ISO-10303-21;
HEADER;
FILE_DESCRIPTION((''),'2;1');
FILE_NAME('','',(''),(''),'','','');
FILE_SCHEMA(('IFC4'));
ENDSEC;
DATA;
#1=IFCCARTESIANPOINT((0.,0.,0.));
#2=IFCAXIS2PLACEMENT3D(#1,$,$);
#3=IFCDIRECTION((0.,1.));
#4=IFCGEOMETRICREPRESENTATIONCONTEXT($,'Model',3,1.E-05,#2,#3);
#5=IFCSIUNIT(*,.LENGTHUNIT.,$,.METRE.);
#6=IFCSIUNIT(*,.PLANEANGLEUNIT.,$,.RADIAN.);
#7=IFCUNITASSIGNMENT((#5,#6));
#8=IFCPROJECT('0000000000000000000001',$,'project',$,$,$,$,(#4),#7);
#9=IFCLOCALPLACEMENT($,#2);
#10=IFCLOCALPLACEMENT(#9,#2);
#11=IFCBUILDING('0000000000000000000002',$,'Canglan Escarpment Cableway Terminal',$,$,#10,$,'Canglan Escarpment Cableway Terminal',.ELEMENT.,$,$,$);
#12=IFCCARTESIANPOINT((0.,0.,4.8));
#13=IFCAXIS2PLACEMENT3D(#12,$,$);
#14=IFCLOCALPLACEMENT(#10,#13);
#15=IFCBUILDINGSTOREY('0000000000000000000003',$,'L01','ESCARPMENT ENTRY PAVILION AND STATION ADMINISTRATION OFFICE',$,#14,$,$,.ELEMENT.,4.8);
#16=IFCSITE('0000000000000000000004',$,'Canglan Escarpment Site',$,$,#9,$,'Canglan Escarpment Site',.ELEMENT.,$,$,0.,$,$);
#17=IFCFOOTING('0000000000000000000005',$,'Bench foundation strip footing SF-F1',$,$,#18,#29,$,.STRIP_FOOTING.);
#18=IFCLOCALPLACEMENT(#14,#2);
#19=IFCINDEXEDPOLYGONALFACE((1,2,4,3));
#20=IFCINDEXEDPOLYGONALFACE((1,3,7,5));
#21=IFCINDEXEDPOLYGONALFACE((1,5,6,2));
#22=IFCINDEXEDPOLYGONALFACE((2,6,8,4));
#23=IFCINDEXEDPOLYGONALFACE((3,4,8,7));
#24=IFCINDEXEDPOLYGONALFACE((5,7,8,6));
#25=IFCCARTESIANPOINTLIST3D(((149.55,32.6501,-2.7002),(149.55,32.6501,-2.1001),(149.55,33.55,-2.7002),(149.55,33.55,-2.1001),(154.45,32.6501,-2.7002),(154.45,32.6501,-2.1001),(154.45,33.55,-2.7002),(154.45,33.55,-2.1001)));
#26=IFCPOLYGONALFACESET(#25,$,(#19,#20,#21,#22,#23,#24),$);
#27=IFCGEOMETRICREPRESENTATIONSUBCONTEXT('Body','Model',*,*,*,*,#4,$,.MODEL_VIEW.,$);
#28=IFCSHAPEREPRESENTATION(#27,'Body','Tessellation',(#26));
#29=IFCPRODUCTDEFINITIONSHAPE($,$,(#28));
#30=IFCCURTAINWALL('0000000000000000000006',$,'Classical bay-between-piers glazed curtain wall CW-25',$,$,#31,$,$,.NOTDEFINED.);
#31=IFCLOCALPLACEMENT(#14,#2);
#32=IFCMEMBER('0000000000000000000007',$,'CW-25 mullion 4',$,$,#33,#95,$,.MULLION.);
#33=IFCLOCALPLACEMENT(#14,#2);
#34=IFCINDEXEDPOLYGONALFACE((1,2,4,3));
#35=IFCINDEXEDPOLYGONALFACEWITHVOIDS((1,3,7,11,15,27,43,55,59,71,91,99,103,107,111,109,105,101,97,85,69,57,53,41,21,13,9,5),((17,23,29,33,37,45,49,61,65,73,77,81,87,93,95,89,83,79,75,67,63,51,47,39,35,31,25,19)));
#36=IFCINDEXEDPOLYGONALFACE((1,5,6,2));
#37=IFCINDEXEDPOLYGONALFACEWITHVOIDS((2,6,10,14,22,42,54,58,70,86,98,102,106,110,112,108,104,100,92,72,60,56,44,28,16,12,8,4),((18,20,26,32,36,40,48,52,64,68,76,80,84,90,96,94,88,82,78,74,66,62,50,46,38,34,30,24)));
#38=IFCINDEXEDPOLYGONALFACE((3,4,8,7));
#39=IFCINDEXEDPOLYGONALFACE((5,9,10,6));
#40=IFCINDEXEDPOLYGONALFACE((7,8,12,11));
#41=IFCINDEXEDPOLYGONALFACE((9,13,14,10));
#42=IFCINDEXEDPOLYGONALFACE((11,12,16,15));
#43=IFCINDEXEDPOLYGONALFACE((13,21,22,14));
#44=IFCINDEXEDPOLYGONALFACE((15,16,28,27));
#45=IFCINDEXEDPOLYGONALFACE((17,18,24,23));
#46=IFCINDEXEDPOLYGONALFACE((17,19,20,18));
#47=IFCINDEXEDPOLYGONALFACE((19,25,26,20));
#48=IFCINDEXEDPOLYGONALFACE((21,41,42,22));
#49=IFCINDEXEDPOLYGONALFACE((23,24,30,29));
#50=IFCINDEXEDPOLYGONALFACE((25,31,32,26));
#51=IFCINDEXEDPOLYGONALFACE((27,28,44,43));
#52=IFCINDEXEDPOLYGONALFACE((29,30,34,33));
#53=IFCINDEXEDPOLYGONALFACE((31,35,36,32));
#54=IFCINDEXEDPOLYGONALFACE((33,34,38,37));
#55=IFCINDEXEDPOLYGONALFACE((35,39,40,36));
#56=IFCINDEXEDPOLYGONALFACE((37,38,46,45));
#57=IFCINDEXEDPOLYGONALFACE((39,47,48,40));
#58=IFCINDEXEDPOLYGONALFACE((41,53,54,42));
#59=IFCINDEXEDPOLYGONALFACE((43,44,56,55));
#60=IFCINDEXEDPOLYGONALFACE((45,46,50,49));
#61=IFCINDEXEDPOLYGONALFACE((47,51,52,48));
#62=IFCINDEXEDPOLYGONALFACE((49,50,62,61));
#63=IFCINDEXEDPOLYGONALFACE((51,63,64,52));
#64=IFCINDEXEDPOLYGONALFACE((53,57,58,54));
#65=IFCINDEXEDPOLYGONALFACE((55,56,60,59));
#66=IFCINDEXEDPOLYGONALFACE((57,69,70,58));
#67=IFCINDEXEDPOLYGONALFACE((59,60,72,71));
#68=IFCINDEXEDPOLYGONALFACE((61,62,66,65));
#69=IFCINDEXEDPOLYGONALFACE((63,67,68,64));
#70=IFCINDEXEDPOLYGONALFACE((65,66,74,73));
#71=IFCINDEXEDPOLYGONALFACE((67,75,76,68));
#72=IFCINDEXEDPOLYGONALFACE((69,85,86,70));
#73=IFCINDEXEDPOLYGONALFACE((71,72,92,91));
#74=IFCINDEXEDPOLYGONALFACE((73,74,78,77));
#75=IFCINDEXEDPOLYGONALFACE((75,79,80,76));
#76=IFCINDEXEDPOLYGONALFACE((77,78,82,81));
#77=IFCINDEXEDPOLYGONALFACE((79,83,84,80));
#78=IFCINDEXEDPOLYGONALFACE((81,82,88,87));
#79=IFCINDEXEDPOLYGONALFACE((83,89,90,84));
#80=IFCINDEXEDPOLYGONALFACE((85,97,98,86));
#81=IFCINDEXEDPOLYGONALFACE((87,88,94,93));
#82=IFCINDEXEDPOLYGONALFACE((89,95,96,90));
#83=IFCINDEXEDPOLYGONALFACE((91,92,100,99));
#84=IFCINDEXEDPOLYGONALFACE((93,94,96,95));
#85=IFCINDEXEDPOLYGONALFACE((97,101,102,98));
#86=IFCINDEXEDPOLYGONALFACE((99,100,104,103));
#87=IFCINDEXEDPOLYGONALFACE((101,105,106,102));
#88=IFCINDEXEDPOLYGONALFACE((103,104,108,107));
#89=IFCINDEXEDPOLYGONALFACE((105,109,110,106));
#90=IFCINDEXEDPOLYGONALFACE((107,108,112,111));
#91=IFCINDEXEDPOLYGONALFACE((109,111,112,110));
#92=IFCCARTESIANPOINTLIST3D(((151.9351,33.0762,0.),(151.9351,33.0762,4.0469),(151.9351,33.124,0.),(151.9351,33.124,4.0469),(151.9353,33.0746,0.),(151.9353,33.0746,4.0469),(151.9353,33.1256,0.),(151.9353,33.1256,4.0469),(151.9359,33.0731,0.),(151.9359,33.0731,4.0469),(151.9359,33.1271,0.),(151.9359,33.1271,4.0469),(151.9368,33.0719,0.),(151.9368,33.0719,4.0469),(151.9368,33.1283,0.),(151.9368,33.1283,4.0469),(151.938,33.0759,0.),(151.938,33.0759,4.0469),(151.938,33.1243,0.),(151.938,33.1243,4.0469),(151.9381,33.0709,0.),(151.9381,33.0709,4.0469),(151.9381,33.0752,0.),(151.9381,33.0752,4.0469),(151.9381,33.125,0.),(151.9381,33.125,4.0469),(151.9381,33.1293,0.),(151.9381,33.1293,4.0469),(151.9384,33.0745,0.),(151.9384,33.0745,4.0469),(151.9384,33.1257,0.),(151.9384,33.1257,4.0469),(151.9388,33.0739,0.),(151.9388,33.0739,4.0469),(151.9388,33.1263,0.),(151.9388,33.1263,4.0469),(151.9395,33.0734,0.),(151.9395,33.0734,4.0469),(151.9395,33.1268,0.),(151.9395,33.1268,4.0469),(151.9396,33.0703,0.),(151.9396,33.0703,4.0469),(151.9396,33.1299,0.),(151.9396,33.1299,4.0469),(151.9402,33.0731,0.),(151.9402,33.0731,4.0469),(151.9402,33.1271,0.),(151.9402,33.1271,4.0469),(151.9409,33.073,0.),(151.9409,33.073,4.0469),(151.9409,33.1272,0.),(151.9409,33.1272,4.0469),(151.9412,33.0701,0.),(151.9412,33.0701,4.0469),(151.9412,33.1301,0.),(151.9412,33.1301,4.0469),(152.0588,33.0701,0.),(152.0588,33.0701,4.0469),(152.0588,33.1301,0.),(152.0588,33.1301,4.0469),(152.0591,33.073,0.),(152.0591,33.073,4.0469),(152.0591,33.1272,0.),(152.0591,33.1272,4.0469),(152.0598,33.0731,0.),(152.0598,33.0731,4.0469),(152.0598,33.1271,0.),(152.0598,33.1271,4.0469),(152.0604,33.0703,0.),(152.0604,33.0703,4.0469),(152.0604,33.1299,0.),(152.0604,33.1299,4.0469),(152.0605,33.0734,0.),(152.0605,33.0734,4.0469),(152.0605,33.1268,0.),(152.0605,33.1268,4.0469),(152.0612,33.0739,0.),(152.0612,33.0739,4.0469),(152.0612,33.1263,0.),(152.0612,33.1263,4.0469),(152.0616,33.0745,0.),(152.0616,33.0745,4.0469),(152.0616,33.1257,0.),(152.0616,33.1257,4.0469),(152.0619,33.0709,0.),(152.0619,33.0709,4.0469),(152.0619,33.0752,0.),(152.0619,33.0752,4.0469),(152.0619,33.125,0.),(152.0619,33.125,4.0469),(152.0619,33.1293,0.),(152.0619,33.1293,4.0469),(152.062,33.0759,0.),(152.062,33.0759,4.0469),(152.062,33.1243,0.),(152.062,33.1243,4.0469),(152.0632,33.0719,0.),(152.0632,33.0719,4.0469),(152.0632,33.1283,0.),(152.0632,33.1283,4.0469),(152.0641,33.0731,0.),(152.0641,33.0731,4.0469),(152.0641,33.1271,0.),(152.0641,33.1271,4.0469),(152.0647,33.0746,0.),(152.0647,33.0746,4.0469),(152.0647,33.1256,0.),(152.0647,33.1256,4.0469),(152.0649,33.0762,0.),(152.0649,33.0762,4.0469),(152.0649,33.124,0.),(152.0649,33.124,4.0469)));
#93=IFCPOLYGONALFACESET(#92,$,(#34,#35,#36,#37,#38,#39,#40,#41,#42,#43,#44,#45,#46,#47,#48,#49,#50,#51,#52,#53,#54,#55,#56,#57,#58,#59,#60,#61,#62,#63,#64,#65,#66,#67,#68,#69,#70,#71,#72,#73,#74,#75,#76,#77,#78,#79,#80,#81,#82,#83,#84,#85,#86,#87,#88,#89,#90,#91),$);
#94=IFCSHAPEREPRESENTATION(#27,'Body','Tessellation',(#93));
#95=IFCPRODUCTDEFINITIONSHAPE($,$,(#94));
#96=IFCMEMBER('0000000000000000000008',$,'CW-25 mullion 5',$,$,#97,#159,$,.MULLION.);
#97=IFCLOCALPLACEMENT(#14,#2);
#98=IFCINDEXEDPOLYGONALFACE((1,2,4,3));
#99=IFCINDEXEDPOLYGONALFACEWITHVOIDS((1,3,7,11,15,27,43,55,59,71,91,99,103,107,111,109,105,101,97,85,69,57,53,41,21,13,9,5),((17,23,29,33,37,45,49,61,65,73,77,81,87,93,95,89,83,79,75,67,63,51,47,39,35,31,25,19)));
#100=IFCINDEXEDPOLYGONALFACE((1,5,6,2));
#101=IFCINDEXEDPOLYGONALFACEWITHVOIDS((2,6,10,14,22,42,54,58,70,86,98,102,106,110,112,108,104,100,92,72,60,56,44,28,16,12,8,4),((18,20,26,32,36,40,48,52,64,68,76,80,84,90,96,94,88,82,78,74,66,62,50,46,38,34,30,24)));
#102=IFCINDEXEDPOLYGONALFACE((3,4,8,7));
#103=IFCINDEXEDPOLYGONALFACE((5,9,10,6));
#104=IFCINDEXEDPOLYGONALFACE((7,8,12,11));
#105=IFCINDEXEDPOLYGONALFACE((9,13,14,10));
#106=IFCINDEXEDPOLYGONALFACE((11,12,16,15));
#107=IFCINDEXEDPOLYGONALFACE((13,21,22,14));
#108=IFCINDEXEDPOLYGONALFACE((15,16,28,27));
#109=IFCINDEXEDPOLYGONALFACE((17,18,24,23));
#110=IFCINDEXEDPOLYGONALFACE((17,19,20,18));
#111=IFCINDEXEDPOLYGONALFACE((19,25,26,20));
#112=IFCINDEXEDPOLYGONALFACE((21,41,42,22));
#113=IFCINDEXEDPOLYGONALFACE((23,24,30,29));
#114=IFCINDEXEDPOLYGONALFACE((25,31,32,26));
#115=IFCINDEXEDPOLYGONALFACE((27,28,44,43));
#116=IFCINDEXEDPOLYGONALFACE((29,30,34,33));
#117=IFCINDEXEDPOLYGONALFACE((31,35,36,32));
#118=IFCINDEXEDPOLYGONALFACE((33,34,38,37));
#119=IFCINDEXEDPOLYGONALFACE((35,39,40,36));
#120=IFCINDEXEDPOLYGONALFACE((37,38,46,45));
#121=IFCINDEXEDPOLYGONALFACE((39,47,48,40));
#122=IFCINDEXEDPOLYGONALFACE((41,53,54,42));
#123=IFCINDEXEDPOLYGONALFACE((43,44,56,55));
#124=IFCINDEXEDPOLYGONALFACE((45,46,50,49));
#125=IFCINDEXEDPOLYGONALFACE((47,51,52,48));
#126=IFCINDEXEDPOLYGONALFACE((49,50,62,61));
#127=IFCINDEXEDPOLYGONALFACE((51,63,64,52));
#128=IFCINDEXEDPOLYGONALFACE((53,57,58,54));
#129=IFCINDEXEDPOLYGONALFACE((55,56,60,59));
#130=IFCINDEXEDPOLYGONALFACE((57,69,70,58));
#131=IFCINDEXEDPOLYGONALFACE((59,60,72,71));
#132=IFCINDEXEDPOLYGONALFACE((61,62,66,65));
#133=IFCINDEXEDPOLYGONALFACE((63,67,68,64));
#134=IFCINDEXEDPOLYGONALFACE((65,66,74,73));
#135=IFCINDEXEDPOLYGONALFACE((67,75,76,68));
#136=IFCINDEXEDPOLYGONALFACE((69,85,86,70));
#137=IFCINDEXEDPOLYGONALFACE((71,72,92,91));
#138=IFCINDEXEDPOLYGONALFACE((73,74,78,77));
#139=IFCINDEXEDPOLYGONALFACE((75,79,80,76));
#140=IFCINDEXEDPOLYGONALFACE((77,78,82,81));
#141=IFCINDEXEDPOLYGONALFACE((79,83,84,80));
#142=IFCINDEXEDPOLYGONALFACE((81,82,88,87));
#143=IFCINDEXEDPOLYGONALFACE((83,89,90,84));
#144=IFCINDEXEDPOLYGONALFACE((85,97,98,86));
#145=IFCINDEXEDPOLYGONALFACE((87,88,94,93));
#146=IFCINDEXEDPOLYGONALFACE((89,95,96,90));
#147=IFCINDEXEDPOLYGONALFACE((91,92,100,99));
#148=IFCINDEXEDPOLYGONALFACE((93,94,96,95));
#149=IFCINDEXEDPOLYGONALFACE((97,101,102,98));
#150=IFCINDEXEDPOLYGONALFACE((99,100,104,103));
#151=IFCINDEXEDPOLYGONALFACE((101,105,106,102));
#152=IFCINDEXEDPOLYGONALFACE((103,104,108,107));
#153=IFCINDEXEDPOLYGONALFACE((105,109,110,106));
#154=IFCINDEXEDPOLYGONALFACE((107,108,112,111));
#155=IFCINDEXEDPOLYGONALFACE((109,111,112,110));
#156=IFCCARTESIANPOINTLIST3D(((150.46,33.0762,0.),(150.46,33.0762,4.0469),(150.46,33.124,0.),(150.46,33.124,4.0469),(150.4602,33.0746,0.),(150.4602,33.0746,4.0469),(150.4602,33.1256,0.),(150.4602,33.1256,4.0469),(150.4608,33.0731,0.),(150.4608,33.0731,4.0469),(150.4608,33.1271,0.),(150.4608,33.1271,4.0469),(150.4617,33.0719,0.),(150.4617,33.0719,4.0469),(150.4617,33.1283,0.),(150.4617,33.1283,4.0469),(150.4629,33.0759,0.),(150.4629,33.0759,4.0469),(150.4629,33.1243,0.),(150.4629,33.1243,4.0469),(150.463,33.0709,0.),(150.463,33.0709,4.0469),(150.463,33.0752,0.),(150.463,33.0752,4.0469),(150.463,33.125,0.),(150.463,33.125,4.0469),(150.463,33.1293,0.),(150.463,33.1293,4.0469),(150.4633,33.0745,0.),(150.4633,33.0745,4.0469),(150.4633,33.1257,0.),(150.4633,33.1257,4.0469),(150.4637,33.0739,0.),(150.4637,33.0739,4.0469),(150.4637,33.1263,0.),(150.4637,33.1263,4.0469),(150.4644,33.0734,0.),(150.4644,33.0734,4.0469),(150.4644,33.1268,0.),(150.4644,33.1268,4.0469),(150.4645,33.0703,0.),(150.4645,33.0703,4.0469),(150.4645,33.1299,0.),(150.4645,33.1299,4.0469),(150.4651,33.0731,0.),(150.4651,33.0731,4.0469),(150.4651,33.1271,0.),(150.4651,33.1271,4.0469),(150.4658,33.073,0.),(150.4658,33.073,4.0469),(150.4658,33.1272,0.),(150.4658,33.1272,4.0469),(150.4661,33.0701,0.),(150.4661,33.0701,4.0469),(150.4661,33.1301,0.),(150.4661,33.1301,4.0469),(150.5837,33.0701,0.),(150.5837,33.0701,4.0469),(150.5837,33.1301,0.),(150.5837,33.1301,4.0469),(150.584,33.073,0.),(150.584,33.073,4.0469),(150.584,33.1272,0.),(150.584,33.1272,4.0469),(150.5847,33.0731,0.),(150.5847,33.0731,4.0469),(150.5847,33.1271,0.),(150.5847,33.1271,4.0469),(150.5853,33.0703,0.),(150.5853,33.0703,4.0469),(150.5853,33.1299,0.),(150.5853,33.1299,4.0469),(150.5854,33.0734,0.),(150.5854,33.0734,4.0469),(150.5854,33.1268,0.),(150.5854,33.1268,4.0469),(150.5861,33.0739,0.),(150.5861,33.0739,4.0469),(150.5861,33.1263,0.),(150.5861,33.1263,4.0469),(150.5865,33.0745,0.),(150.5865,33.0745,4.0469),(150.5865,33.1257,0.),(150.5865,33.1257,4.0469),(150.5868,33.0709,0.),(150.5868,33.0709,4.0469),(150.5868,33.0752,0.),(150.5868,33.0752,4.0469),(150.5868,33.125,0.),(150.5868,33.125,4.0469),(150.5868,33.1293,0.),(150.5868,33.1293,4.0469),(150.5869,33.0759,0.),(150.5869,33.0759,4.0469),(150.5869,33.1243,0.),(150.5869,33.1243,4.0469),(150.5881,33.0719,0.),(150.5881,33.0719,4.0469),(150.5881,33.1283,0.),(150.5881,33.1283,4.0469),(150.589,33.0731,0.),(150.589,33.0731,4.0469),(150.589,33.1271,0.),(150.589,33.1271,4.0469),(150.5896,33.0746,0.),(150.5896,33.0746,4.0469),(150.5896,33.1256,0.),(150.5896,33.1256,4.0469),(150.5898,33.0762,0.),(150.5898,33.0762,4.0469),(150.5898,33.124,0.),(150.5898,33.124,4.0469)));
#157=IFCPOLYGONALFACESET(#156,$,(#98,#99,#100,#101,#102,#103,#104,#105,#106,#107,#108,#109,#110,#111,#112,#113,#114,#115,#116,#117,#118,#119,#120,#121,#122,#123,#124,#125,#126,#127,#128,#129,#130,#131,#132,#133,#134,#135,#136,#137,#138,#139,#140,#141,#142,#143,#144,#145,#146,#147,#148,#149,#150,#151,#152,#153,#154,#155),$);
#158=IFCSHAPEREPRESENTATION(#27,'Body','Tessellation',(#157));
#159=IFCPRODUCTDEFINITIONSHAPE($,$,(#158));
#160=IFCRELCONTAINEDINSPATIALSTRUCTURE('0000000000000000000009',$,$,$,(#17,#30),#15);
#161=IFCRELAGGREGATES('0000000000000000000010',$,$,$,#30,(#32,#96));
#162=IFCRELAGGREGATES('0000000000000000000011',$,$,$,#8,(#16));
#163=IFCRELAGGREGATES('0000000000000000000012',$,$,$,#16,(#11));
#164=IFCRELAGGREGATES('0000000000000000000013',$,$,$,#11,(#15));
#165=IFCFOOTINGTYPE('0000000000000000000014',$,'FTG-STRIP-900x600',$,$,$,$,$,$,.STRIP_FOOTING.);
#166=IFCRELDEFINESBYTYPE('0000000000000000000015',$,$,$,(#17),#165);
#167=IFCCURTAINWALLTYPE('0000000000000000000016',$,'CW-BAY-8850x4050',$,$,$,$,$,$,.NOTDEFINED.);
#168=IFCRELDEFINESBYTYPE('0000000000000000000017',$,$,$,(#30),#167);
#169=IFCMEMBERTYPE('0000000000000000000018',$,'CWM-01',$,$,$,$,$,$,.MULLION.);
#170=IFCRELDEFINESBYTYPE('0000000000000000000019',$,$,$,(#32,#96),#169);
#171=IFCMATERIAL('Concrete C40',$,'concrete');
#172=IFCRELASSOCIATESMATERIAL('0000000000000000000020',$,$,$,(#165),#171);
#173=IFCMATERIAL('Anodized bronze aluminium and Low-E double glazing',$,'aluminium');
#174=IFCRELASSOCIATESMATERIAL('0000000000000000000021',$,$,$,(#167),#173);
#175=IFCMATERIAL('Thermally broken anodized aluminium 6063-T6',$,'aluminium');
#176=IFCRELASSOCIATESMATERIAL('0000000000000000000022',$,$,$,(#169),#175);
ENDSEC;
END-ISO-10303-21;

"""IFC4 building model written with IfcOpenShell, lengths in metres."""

from ifc_helpers import new_model, si_unit, direction, frame, origin, origin_2d, place, context, subcontext, project, spatial, rectangle, hollow_rectangle, extrude, material, material_profile, profile_set, type_object, element, aggregate, save


model = new_model("IFC4")

# Units and contexts
model_context = context("Model", 3, precision=1e-05, world=origin(), true_north=direction((0.0, 1.0)))
body_context = subcontext(model_context, "Body", "Model", "MODEL_VIEW")
ifc_project = project(units=[si_unit("LENGTHUNIT", "METRE"), si_unit("PLANEANGLEUNIT", "RADIAN")], contexts=[model_context])

# Site, building, storey
site_placement = place(None, origin())
site = spatial("IfcSite", under=ifc_project, at=site_placement, Name="Canglan Escarpment Site", LongName="Canglan Escarpment Site", CompositionType="ELEMENT", RefElevation=0.0)
building_placement = place(site_placement, origin())
building = spatial("IfcBuilding", under=site, at=building_placement, Name="Canglan Escarpment Cableway Terminal", LongName="Canglan Escarpment Cableway Terminal", CompositionType="ELEMENT")
storey_placement = place(building_placement, frame((0.0, 0.0, 4.8)))
storey = spatial("IfcBuildingStorey", under=building, at=storey_placement, Name="L01", Description="ESCARPMENT ENTRY PAVILION AND STATION ADMINISTRATION OFFICE", CompositionType="ELEMENT", Elevation=4.8)

# Footing
ifc_material_1 = material(Name="Concrete C40", Category="concrete")
ifc_material_profile_1 = material_profile(ifc_material_1, rectangle(XDim=0.8999, YDim=0.6001, at=origin_2d()), Name="SF 900x600")
ifc_profile_set_1 = profile_set([ifc_material_profile_1], Name="Concrete C40")
footing_type = type_object("IfcFootingType", Name="FTG-STRIP-900x600", PredefinedType="STRIP_FOOTING", material=ifc_profile_set_1)
footing_placement = place(storey_placement, frame((149.55, 33.1001, -2.4001), z_axis=(1.0, 0.0, 0.0), x_axis=(0.0, 1.0, 0.0)))
element("IfcFooting", 1, at=footing_placement, inside=storey, type_object=footing_type, Name="Bench foundation strip footing SF-F1", PredefinedType="STRIP_FOOTING", context=body_context, shape_type="SweptSolid", body=[
    extrude(rectangle(XDim=0.8999, YDim=0.6001, at=origin_2d()), origin(), (0.0, 0.0, 1.0), 4.8999),
])

# Curtain wall, members
ifc_material_2 = material(Name="Anodized bronze aluminium and Low-E double glazing", Category="aluminium")
curtain_wall_type = type_object("IfcCurtainWallType", Name="CW-BAY-8850x4050", PredefinedType="NOTDEFINED", material=ifc_material_2)
curtain_wall_placement = place(storey_placement, origin())
curtain_wall = element("IfcCurtainWall", 2, at=curtain_wall_placement, inside=storey, type_object=curtain_wall_type, Name="Classical bay-between-piers glazed curtain wall CW-25", PredefinedType="NOTDEFINED")
ifc_material_3 = material(Name="Thermally broken anodized aluminium 6063-T6", Category="aluminium")
ifc_material_profile_2 = material_profile(ifc_material_3, hollow_rectangle(XDim=0.0601, YDim=0.1299, WallThickness=0.0029, InnerFilletRadius=0.0029, OuterFilletRadius=0.0061, at=origin_2d()), Name="ALU-MULL 60x130x3")
ifc_profile_set_2 = profile_set([ifc_material_profile_2], Name="Thermally broken anodized aluminium 6063-T6")
member_type_1 = type_object("IfcMemberType", Name="CWM-01", PredefinedType="MULLION", material=ifc_profile_set_2)
member_1_placement = place(storey_placement, frame((152.0, 33.1001, 0.0), z_axis=(0.0, 0.0, 1.0), x_axis=(0.0, -1.0, 0.0)))
member_1 = element("IfcMember", 3, at=member_1_placement, type_object=member_type_1, Name="CW-25 mullion 4", PredefinedType="MULLION", context=body_context, shape_type="SweptSolid", body=[
    extrude(hollow_rectangle(XDim=0.0601, YDim=0.1299, WallThickness=0.0029, InnerFilletRadius=0.0029, OuterFilletRadius=0.0061, at=origin_2d()), origin(), (0.0, 0.0, 1.0), 4.0469),
])
member_2_placement = place(storey_placement, frame((150.5249, 33.1001, 0.0), z_axis=(0.0, 0.0, 1.0), x_axis=(0.0, -1.0, 0.0)))
member_2 = element("IfcMember", 4, at=member_2_placement, type_object=member_type_1, Name="CW-25 mullion 5", PredefinedType="MULLION", context=body_context, shape_type="SweptSolid", body=[
    extrude(hollow_rectangle(XDim=0.0601, YDim=0.1299, WallThickness=0.0029, InnerFilletRadius=0.0029, OuterFilletRadius=0.0061, at=origin_2d()), origin(), (0.0, 0.0, 1.0), 4.0469),
])
aggregate(curtain_wall, [member_1, member_2])

save(model, "model.ifc")
